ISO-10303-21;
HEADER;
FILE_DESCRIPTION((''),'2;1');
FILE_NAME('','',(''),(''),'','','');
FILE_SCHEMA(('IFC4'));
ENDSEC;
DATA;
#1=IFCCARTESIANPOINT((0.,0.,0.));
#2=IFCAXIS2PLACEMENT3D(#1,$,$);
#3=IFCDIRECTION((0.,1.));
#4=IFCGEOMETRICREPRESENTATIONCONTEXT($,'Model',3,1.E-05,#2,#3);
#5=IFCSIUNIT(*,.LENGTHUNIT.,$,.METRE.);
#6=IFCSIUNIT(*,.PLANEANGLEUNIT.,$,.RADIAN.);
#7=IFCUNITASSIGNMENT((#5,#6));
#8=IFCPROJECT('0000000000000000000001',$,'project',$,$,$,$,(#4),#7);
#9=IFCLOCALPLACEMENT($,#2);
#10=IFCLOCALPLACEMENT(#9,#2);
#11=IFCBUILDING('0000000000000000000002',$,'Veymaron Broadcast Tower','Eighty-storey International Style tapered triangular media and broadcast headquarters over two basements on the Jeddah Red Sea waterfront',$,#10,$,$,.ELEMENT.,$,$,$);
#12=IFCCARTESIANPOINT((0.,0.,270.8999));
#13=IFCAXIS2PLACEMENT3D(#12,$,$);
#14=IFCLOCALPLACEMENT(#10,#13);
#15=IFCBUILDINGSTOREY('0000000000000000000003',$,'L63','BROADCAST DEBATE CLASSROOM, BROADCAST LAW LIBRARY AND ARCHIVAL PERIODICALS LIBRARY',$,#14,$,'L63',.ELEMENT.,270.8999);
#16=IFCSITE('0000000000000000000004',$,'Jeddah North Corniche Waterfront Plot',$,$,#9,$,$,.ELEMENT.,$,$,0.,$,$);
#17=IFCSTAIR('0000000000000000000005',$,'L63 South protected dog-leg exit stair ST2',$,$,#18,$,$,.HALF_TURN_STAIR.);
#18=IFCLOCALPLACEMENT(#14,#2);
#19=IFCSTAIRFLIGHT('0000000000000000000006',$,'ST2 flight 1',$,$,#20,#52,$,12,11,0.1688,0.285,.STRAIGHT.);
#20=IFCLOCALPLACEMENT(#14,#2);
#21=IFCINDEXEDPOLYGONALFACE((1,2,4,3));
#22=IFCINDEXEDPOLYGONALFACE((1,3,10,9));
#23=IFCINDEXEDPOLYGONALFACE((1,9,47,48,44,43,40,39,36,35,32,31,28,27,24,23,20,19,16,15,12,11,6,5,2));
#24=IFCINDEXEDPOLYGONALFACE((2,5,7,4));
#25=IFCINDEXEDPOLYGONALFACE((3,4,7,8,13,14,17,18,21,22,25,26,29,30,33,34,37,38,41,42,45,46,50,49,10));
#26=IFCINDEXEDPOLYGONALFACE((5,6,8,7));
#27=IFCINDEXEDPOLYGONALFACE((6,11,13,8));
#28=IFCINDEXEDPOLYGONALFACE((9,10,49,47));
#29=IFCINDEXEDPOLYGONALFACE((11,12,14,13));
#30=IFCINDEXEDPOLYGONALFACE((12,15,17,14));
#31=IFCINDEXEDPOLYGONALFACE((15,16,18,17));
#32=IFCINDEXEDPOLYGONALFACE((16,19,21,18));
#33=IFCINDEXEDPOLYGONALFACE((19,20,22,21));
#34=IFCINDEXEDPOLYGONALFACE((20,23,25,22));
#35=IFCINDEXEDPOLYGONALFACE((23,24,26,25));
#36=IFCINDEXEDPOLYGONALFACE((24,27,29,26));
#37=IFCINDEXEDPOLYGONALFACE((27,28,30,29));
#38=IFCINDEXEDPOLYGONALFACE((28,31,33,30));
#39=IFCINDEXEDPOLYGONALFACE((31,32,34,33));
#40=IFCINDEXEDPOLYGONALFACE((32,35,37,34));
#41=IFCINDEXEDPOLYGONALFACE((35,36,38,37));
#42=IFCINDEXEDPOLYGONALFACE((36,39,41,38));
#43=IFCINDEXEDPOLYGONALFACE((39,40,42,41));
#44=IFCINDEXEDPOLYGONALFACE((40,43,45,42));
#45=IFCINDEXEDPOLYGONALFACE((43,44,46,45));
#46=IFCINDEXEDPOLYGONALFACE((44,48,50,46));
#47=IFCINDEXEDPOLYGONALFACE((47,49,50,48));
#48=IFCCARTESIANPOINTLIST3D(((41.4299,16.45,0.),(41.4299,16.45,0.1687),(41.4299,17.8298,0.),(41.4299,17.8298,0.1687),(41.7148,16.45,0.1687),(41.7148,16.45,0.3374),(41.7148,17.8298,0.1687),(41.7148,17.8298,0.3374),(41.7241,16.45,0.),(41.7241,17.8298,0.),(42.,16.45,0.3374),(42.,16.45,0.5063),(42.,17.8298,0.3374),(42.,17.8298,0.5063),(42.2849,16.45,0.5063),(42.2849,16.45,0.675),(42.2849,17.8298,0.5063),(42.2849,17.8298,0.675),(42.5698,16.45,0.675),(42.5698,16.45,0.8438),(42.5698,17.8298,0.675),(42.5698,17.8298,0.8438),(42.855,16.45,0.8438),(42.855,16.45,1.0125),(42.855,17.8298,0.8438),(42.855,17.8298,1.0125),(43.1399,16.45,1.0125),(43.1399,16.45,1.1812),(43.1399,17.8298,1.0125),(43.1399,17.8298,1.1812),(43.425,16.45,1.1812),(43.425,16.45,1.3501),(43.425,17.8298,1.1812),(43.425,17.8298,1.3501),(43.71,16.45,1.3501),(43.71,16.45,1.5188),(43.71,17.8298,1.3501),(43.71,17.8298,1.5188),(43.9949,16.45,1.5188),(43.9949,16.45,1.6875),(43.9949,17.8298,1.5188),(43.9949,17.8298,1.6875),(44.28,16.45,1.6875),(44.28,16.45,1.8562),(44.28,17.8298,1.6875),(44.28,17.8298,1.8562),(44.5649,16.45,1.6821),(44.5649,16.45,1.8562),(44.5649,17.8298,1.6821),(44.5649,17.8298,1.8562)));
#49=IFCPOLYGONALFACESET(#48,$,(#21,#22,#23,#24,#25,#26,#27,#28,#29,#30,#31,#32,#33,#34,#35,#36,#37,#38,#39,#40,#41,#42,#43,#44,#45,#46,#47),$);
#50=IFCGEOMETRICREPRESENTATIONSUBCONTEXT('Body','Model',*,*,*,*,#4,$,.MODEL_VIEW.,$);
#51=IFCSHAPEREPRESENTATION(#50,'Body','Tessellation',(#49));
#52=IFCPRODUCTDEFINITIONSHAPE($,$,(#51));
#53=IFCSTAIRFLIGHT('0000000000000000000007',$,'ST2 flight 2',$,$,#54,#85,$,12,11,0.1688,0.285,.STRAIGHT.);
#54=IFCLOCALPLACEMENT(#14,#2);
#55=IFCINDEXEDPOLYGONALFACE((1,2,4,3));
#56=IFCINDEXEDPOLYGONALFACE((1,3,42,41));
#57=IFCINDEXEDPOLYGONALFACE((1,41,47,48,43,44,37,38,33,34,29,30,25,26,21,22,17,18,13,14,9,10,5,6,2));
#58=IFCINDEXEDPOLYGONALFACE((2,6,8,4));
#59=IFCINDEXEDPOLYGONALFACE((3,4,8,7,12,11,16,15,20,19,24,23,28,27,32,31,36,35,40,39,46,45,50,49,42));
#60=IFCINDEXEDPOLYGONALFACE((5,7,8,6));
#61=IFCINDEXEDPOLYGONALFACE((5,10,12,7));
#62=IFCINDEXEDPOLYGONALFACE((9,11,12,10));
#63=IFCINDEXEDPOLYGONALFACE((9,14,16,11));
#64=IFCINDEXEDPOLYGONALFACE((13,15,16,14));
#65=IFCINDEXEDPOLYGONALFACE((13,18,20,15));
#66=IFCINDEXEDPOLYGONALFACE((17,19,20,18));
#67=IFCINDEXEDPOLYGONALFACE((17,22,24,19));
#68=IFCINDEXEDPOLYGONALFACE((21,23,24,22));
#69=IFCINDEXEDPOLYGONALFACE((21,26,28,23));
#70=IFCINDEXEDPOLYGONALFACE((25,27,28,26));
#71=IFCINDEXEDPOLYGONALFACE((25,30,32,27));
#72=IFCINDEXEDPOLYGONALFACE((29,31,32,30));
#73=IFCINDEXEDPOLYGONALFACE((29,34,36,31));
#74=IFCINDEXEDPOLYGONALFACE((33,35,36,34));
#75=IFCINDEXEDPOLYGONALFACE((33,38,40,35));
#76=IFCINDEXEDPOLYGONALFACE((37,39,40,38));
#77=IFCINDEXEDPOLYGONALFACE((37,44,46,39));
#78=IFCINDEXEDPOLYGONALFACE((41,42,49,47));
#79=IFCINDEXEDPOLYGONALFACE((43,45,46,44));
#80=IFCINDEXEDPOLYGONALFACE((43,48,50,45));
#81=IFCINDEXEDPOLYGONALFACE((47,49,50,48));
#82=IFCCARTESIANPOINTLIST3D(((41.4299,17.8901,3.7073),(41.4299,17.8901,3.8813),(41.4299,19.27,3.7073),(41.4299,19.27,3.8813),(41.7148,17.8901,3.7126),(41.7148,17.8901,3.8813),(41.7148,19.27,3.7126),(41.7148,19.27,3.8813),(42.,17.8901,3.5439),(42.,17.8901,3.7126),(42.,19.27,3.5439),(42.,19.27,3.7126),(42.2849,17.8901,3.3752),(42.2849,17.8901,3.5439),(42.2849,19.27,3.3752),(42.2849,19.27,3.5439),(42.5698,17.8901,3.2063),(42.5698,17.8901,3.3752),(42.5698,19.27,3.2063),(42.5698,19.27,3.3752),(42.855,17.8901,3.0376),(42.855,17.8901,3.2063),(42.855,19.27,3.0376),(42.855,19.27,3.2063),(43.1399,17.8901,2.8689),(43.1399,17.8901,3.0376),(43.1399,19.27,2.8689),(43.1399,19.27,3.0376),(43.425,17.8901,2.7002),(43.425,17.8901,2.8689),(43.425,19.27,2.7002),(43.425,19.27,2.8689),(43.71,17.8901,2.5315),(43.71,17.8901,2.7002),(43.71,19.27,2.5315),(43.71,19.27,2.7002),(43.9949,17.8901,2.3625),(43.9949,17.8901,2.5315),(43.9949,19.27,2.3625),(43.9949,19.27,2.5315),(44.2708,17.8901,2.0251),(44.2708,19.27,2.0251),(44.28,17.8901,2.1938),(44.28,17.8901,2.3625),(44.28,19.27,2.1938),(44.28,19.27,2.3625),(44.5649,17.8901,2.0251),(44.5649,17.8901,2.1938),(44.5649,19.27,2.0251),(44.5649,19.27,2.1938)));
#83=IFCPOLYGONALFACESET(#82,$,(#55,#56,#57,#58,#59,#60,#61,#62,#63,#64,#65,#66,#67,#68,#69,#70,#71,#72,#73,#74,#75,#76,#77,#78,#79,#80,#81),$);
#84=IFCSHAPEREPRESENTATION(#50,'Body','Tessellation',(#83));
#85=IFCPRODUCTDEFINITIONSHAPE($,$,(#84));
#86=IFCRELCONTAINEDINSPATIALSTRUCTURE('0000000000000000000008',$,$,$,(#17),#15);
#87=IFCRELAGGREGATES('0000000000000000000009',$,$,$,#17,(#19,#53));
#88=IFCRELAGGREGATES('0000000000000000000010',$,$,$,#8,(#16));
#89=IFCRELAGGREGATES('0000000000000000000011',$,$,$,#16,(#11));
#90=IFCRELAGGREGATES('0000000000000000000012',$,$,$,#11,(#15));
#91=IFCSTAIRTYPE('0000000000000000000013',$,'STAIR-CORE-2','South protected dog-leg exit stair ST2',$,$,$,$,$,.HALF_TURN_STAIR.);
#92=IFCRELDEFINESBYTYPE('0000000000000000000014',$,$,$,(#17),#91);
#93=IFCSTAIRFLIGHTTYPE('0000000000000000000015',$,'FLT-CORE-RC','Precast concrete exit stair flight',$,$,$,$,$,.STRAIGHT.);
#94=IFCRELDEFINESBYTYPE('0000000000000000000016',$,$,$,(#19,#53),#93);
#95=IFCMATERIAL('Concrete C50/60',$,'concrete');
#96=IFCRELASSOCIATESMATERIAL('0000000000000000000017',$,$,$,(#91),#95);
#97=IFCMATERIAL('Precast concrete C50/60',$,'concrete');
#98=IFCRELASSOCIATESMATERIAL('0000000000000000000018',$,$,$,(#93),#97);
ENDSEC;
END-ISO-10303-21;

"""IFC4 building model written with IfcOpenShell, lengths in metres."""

from ifc_helpers import new_model, si_unit, direction, frame, origin, place, context, subcontext, project, spatial, polyline, outline, extrude, material, type_object, element, aggregate, save


model = new_model("IFC4")

# Units and contexts
model_context = context("Model", 3, precision=1e-05, world=origin(), true_north=direction((0.0, 1.0)))
body_context = subcontext(model_context, "Body", "Model", "MODEL_VIEW")
ifc_project = project(units=[si_unit("LENGTHUNIT", "METRE"), si_unit("PLANEANGLEUNIT", "RADIAN")], contexts=[model_context])

# Site, building, storey
site_placement = place(None, origin())
site = spatial("IfcSite", under=ifc_project, at=site_placement, Name="Jeddah North Corniche Waterfront Plot", CompositionType="ELEMENT", RefElevation=0.0)
building_placement = place(site_placement, origin())
building = spatial("IfcBuilding", under=site, at=building_placement, Name="Veymaron Broadcast Tower", Description="Eighty-storey International Style tapered triangular media and broadcast headquarters over two basements on the Jeddah Red Sea waterfront", CompositionType="ELEMENT")
storey_placement = place(building_placement, frame((0.0, 0.0, 270.8999)))
storey = spatial("IfcBuildingStorey", under=building, at=storey_placement, Name="L63", Description="BROADCAST DEBATE CLASSROOM, BROADCAST LAW LIBRARY AND ARCHIVAL PERIODICALS LIBRARY", LongName="L63", CompositionType="ELEMENT", Elevation=270.8999)

# Shared definitions
ifc_material_1 = material(Name="Concrete C50/60", Category="concrete")

# Stair, stair flights
stair_type = type_object("IfcStairType", Name="STAIR-CORE-2", Description="South protected dog-leg exit stair ST2", PredefinedType="HALF_TURN_STAIR", material=ifc_material_1)
stair_placement = place(storey_placement, origin())
stair = element("IfcStair", 1, at=stair_placement, inside=storey, type_object=stair_type, Name="L63 South protected dog-leg exit stair ST2", PredefinedType="HALF_TURN_STAIR")
ifc_material_2 = material(Name="Precast concrete C50/60", Category="concrete")
stair_flight_type = type_object("IfcStairFlightType", Name="FLT-CORE-RC", Description="Precast concrete exit stair flight", PredefinedType="STRAIGHT", material=ifc_material_2)
stair_flight_1_placement = place(storey_placement, frame((41.4299, 17.1399, 0.0), z_axis=(0.0, 0.0, 1.0), x_axis=(1.0, 0.0, 0.0)))
stair_flight_1 = element("IfcStairFlight", 2, at=stair_flight_1_placement, type_object=stair_flight_type, Name="ST2 flight 1", NumberOfRisers=12, NumberOfTreads=11, PredefinedType="STRAIGHT", RiserHeight=0.1688, TreadLength=0.285, context=body_context, shape_type="SweptSolid", body=[
    extrude(outline(polyline([(0.0, 0.0), (0.0, 0.1687), (0.2849, 0.1687), (0.2849, 0.3374), (0.5701, 0.3374), (0.5701, 0.5063), (0.855, 0.5063), (0.855, 0.675), (1.1399, 0.675), (1.1399, 0.8438), (1.425, 0.8438), (1.425, 1.0125), (1.71, 1.0125), (1.71, 1.1812), (1.9951, 1.1812), (1.9951, 1.3501), (2.28, 1.3501), (2.28, 1.5188), (2.5649, 1.5188), (2.5649, 1.6875), (2.8501, 1.6875), (2.8501, 1.8562), (3.135, 1.8562), (3.135, 2.0249), (3.135, 1.6821), (0.2942, 0.0), (0.0, 0.0)])), frame((0.0, 0.6899, 0.0), z_axis=(0.0, -1.0, 0.0), x_axis=(1.0, 0.0, 0.0)), (0.0, 0.0, 1.0), 1.3799),
])
stair_flight_2_placement = place(storey_placement, frame((44.5649, 18.5801, 2.0251), z_axis=(0.0, 0.0, 1.0), x_axis=(-1.0, 0.0, 0.0)))
stair_flight_2 = element("IfcStairFlight", 3, at=stair_flight_2_placement, type_object=stair_flight_type, Name="ST2 flight 2", NumberOfRisers=12, NumberOfTreads=11, PredefinedType="STRAIGHT", RiserHeight=0.1688, TreadLength=0.285, context=body_context, shape_type="SweptSolid", body=[
    extrude(outline(polyline([(0.0, 0.0), (0.0, 0.1687), (0.2849, 0.1687), (0.2849, 0.3374), (0.5701, 0.3374), (0.5701, 0.5063), (0.855, 0.5063), (0.855, 0.675), (1.1399, 0.675), (1.1399, 0.8438), (1.425, 0.8438), (1.425, 1.0125), (1.71, 1.0125), (1.71, 1.1812), (1.9951, 1.1812), (1.9951, 1.3501), (2.28, 1.3501), (2.28, 1.5188), (2.5649, 1.5188), (2.5649, 1.6875), (2.8501, 1.6875), (2.8501, 1.8562), (3.135, 1.8562), (3.135, 2.0249), (3.135, 1.6821), (0.2942, 0.0), (0.0, 0.0)])), frame((0.0, 0.6899, 0.0), z_axis=(0.0, -1.0, 0.0), x_axis=(1.0, 0.0, 0.0)), (0.0, 0.0, 1.0), 1.3799),
])
aggregate(stair, [stair_flight_1, stair_flight_2])

save(model, "model.ifc")
